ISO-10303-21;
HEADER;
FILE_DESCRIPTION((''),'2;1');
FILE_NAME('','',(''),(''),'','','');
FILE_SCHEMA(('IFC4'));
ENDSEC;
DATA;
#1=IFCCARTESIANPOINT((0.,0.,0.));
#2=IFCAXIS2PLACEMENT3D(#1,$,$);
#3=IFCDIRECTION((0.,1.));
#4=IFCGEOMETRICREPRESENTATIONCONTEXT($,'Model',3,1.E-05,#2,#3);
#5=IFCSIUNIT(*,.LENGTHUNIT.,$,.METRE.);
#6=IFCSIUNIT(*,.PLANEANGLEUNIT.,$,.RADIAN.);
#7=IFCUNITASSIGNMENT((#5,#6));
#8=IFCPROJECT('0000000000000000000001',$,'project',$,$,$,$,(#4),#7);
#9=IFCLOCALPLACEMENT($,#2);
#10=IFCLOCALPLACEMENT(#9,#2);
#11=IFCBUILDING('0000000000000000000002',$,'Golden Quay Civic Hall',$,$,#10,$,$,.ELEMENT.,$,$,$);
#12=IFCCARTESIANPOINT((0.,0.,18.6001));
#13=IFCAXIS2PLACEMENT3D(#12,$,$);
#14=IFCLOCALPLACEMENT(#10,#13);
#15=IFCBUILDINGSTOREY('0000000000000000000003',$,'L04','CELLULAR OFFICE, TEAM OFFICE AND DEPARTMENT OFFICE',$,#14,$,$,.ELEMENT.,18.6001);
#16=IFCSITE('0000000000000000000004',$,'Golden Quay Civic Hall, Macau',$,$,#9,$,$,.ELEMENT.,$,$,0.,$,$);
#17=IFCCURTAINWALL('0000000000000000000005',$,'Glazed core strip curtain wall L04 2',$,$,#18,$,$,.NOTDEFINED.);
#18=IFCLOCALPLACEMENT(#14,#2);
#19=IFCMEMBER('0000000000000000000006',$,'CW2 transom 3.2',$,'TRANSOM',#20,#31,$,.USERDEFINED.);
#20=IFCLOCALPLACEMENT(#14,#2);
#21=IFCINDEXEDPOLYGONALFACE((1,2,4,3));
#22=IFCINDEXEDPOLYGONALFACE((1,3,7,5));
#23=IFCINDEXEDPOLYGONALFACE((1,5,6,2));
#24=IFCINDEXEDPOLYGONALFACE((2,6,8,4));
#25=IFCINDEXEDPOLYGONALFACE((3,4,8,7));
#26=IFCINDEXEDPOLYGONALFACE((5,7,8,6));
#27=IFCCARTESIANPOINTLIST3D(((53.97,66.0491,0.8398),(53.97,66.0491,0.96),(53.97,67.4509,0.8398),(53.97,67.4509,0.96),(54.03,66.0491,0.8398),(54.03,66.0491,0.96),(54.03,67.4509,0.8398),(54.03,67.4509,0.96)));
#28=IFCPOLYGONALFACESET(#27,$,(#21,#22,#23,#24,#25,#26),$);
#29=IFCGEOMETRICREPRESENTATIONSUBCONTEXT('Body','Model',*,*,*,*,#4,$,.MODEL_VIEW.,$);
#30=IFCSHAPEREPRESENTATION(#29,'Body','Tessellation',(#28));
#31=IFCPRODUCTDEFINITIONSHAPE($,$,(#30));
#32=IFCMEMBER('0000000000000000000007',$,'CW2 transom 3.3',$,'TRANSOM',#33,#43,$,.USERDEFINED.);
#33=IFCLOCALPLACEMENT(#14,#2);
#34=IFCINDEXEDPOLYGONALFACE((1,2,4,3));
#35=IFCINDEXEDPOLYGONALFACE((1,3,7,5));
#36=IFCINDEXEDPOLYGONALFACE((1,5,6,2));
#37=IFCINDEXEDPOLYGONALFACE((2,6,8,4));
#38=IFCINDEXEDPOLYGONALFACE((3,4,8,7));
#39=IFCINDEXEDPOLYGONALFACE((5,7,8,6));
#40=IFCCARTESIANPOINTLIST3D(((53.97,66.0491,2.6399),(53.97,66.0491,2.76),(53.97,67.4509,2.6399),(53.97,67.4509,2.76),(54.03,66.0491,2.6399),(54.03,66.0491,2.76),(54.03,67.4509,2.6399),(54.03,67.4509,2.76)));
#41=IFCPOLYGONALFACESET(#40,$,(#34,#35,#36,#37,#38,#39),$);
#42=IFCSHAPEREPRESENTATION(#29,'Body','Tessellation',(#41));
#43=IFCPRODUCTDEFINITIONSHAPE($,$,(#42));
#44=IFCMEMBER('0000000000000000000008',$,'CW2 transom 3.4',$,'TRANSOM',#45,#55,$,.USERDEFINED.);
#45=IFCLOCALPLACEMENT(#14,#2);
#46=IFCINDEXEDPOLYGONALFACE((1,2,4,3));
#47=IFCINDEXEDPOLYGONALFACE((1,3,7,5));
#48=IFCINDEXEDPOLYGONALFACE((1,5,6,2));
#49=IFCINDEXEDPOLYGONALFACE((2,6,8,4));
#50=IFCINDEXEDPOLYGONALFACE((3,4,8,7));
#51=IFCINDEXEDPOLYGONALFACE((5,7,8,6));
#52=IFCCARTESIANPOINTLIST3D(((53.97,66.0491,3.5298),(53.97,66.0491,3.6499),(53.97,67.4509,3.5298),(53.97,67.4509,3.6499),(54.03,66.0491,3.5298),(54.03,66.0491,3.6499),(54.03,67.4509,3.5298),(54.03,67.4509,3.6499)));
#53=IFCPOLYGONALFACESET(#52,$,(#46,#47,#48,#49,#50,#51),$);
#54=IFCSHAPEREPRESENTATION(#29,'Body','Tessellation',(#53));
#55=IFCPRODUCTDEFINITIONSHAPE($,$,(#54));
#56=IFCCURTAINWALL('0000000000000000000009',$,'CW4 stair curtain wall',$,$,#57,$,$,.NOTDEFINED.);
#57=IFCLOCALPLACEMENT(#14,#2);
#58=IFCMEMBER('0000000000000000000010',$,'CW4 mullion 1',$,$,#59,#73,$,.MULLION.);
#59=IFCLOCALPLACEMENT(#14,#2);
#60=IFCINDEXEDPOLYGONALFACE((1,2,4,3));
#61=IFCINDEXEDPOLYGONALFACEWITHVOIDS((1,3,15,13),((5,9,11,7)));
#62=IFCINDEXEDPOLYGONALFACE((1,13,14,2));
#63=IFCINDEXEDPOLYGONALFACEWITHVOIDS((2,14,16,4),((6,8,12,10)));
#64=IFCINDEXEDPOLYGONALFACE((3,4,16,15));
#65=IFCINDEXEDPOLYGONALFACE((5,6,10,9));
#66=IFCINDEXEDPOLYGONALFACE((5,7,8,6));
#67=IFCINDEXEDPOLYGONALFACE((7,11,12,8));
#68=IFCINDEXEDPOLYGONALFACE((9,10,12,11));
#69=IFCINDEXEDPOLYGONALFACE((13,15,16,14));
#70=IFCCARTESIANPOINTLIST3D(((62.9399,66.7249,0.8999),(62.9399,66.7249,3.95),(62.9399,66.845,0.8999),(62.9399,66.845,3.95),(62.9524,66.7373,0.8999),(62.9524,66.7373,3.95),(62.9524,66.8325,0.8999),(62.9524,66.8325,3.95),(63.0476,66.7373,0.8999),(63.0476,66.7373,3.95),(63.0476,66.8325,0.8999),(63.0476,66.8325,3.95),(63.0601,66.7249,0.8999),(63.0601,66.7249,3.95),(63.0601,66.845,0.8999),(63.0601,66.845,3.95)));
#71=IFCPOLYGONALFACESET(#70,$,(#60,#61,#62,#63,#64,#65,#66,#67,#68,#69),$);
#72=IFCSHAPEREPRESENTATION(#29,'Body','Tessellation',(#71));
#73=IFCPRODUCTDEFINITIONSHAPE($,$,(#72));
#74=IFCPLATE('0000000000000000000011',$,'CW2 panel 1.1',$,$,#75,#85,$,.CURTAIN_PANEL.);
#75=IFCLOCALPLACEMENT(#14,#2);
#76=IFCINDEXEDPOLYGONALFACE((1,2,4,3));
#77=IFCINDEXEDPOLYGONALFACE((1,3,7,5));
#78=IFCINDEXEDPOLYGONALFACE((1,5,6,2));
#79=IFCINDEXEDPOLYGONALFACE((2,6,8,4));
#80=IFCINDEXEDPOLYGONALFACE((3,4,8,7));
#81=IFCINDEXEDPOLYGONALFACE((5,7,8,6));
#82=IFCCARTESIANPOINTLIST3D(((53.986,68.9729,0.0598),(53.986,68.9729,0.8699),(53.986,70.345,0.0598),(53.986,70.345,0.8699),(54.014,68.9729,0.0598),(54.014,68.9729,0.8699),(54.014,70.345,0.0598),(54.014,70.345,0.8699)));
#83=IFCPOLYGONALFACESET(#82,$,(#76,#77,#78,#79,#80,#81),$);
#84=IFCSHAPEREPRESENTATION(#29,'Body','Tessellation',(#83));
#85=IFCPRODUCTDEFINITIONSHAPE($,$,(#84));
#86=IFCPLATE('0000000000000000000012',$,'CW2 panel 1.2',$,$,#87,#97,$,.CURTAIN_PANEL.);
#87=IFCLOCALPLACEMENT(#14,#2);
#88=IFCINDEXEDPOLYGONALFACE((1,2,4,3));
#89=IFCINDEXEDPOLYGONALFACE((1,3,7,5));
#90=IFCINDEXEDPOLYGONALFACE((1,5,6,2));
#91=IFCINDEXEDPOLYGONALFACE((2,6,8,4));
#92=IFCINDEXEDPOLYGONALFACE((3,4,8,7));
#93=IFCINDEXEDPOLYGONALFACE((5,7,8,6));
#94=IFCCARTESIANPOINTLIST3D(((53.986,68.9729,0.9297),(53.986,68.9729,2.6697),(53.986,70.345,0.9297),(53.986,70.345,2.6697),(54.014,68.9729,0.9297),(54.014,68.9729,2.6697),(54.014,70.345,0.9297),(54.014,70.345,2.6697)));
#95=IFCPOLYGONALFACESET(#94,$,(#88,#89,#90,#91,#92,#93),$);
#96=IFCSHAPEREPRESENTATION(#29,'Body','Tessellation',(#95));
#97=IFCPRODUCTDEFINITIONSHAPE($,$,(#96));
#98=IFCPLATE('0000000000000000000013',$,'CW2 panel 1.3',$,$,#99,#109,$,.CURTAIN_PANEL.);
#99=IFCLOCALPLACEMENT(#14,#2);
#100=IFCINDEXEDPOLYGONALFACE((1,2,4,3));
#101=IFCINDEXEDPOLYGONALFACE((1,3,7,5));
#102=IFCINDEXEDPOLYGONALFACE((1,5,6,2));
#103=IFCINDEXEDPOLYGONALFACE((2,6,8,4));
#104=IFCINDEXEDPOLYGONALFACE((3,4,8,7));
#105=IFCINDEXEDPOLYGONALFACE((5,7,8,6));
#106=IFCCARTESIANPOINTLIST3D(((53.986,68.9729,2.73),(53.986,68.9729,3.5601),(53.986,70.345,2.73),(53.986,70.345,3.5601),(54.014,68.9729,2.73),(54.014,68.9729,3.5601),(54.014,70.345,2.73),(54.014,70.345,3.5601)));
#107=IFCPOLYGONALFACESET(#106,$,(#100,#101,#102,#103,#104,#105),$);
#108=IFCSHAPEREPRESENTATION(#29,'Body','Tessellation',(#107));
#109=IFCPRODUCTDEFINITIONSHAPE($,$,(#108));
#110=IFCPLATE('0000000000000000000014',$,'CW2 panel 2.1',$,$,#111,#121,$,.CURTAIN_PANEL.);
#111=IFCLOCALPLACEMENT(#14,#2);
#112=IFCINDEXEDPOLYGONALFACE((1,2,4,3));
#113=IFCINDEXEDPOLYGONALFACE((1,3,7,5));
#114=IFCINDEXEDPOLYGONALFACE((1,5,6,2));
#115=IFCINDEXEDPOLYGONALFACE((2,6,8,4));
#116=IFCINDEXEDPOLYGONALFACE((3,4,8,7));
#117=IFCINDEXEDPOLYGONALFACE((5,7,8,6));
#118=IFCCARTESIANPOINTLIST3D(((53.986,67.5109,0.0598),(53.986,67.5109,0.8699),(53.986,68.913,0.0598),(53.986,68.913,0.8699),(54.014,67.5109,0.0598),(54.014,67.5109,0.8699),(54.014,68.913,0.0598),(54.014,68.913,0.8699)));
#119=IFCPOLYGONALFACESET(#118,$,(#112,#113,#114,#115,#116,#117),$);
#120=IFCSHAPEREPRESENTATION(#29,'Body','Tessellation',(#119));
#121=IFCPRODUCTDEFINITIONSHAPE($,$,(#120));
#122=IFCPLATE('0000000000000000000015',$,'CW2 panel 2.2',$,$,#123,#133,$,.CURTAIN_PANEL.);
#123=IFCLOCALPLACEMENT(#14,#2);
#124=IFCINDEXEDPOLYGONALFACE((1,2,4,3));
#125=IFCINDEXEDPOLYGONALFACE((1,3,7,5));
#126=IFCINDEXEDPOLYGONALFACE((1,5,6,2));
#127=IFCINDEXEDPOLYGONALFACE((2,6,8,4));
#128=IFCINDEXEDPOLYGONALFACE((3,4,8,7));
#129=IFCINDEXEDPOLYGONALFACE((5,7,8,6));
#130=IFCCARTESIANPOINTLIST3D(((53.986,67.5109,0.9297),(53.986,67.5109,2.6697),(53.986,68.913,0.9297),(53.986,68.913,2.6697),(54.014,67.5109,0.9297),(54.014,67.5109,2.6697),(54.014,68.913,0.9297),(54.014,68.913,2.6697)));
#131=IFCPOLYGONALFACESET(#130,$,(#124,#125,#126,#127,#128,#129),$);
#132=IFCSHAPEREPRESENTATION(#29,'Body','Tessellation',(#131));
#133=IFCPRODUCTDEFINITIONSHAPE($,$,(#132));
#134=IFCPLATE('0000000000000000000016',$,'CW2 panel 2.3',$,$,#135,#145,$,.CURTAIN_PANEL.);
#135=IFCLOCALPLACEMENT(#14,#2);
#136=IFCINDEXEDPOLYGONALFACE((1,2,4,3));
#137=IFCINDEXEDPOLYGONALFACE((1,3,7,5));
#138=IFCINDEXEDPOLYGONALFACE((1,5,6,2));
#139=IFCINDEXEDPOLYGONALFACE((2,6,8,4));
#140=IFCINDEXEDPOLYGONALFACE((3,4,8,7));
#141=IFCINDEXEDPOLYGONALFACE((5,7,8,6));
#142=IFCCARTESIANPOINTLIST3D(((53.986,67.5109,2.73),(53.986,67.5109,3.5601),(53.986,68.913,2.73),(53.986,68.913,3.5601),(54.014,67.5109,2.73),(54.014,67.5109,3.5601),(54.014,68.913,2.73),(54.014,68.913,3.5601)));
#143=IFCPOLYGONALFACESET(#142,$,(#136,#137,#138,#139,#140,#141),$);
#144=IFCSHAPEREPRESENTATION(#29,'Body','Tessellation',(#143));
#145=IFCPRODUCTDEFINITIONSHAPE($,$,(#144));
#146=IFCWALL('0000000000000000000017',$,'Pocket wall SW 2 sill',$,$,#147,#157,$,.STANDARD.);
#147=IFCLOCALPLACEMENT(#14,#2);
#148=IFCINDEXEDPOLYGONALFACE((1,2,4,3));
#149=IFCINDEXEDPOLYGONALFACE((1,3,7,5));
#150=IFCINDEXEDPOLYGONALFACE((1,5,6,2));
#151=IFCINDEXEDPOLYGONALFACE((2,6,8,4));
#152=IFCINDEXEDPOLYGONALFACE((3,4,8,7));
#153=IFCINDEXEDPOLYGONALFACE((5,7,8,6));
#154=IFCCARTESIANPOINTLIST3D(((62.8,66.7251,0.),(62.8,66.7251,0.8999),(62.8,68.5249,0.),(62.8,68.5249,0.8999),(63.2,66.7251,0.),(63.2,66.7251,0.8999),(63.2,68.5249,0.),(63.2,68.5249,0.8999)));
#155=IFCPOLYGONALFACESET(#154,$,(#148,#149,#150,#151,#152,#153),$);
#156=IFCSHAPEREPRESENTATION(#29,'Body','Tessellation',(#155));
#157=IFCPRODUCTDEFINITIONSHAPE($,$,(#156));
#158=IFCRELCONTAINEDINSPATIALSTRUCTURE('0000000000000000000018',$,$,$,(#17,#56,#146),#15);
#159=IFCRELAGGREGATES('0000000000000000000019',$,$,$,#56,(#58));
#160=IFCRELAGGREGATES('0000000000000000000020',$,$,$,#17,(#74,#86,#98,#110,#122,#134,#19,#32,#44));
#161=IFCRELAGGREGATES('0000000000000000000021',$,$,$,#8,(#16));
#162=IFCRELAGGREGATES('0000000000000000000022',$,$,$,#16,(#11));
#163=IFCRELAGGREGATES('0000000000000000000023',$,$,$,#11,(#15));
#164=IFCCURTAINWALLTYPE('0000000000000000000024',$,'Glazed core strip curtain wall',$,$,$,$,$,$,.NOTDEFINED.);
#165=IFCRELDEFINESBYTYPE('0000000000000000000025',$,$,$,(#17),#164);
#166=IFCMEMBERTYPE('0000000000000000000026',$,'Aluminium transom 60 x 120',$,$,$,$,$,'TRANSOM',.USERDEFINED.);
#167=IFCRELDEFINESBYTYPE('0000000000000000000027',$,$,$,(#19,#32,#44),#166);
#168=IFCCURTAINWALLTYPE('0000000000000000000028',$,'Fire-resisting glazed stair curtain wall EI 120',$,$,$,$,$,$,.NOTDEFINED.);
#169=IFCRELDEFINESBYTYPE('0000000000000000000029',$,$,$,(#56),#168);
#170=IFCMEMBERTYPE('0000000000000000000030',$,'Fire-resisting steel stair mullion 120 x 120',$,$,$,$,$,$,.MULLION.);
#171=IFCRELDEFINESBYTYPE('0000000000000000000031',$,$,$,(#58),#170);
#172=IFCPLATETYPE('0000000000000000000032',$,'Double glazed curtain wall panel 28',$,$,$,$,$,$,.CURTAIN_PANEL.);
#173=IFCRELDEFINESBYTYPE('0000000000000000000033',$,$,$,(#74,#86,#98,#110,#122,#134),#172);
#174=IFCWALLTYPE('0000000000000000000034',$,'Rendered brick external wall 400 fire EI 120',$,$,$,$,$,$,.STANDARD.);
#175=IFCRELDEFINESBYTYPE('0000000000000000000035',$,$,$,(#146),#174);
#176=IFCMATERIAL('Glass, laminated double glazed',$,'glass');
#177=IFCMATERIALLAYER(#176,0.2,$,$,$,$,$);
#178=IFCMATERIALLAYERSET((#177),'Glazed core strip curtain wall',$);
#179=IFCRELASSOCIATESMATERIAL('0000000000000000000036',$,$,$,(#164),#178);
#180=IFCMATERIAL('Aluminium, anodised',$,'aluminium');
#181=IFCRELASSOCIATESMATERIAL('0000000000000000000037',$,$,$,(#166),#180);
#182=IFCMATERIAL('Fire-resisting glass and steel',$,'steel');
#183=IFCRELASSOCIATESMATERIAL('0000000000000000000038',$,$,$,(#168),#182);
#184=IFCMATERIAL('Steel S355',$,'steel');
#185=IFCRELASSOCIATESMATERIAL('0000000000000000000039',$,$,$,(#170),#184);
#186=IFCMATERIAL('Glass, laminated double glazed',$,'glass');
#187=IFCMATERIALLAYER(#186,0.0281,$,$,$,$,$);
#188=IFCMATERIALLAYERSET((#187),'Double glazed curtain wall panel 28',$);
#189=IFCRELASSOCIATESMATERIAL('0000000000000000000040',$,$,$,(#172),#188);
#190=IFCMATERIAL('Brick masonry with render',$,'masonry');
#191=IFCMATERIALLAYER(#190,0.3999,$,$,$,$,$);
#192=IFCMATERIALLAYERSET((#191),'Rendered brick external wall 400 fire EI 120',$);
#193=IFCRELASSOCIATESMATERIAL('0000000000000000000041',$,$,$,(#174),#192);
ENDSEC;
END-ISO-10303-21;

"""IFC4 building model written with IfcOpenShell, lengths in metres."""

from ifc_helpers import new_model, si_unit, direction, frame, frame_2d, origin, origin_2d, place, context, subcontext, project, spatial, rectangle, hollow_rectangle, extrude, material, layer, layer_set, material_profile, profile_set, type_object, element, aggregate, save


model = new_model("IFC4")

# Units and contexts
model_context = context("Model", 3, precision=1e-05, world=origin(), true_north=direction((0.0, 1.0)))
body_context = subcontext(model_context, "Body", "Model", "MODEL_VIEW")
ifc_project = project(units=[si_unit("LENGTHUNIT", "METRE"), si_unit("PLANEANGLEUNIT", "RADIAN")], contexts=[model_context])

# Site, building, storey
site_placement = place(None, origin())
site = spatial("IfcSite", under=ifc_project, at=site_placement, Name="Golden Quay Civic Hall, Macau", CompositionType="ELEMENT", RefElevation=0.0)
building_placement = place(site_placement, origin())
building = spatial("IfcBuilding", under=site, at=building_placement, Name="Golden Quay Civic Hall", CompositionType="ELEMENT")
storey_placement = place(building_placement, frame((0.0, 0.0, 18.6001)))
storey = spatial("IfcBuildingStorey", under=building, at=storey_placement, Name="L04", Description="CELLULAR OFFICE, TEAM OFFICE AND DEPARTMENT OFFICE", CompositionType="ELEMENT", Elevation=18.6001)

# Curtain wall, members
ifc_material_1 = material(Name="Glass, laminated double glazed", Category="glass")
ifc_layer_1 = layer(ifc_material_1, 0.2)
ifc_layer_set_1 = layer_set([ifc_layer_1], Name="Glazed core strip curtain wall")
curtain_wall_type_1 = type_object("IfcCurtainWallType", Name="Glazed core strip curtain wall", PredefinedType="NOTDEFINED", material=ifc_layer_set_1)
curtain_wall_1_placement = place(storey_placement, origin())
curtain_wall_1 = element("IfcCurtainWall", 1, at=curtain_wall_1_placement, inside=storey, type_object=curtain_wall_type_1, Name="Glazed core strip curtain wall L04 2", PredefinedType="NOTDEFINED")
ifc_material_2 = material(Name="Aluminium, anodised", Category="aluminium")
ifc_material_profile_1 = material_profile(ifc_material_2, rectangle(XDim=0.0601, YDim=0.1201, at=origin_2d()), Name="Aluminium 60 x 120")
ifc_profile_set_1 = profile_set([ifc_material_profile_1], Name="Aluminium, anodised")
member_type_1 = type_object("IfcMemberType", Name="Aluminium transom 60 x 120", ElementType="TRANSOM", PredefinedType="USERDEFINED", material=ifc_profile_set_1)
member_1_placement = place(storey_placement, frame((54.0, 67.4509, 0.8999), z_axis=(0.0, -1.0, 0.0), x_axis=(1.0, 0.0, 0.0)))
member_1 = element("IfcMember", 2, at=member_1_placement, type_object=member_type_1, Name="CW2 transom 3.2", ObjectType="TRANSOM", PredefinedType="USERDEFINED", context=body_context, shape_type="SweptSolid", body=[
    extrude(rectangle(XDim=0.0601, YDim=0.1201, at=origin_2d()), origin(), (0.0, 0.0, 1.0), 1.4019),
])
member_2_placement = place(storey_placement, frame((54.0, 67.4509, 2.7), z_axis=(0.0, -1.0, 0.0), x_axis=(1.0, 0.0, 0.0)))
member_2 = element("IfcMember", 3, at=member_2_placement, type_object=member_type_1, Name="CW2 transom 3.3", ObjectType="TRANSOM", PredefinedType="USERDEFINED", context=body_context, shape_type="SweptSolid", body=[
    extrude(rectangle(XDim=0.0601, YDim=0.1201, at=origin_2d()), origin(), (0.0, 0.0, 1.0), 1.4019),
])
member_3_placement = place(storey_placement, frame((54.0, 67.4509, 3.5898), z_axis=(0.0, -1.0, 0.0), x_axis=(1.0, 0.0, 0.0)))
member_3 = element("IfcMember", 4, at=member_3_placement, type_object=member_type_1, Name="CW2 transom 3.4", ObjectType="TRANSOM", PredefinedType="USERDEFINED", context=body_context, shape_type="SweptSolid", body=[
    extrude(rectangle(XDim=0.0601, YDim=0.1201, at=origin_2d()), origin(), (0.0, 0.0, 1.0), 1.4019),
])

# Curtain wall, member
ifc_material_3 = material(Name="Fire-resisting glass and steel", Category="steel")
curtain_wall_type_2 = type_object("IfcCurtainWallType", Name="Fire-resisting glazed stair curtain wall EI 120", PredefinedType="NOTDEFINED", material=ifc_material_3)
curtain_wall_2_placement = place(storey_placement, origin())
curtain_wall_2 = element("IfcCurtainWall", 5, at=curtain_wall_2_placement, inside=storey, type_object=curtain_wall_type_2, Name="CW4 stair curtain wall", PredefinedType="NOTDEFINED")
ifc_material_4 = material(Name="Steel S355", Category="steel")
ifc_material_profile_2 = material_profile(ifc_material_4, hollow_rectangle(XDim=0.1201, YDim=0.1201, WallThickness=0.0125, at=origin_2d()), Name="SHS 120x120x12.5")
ifc_profile_set_2 = profile_set([ifc_material_profile_2], Name="Steel S355")
member_type_2 = type_object("IfcMemberType", Name="Fire-resisting steel stair mullion 120 x 120", PredefinedType="MULLION", material=ifc_profile_set_2)
member_4_placement = place(storey_placement, frame((63.0, 66.7849, 0.8999), z_axis=(0.0, 0.0, 1.0), x_axis=(-1.0, 0.0, 0.0)))
member_4 = element("IfcMember", 6, at=member_4_placement, type_object=member_type_2, Name="CW4 mullion 1", PredefinedType="MULLION", context=body_context, shape_type="SweptSolid", body=[
    extrude(hollow_rectangle(XDim=0.1201, YDim=0.1201, WallThickness=0.0125, at=origin_2d()), origin(), (0.0, 0.0, 1.0), 3.05),
])
aggregate(curtain_wall_2, [member_4])

# Plates
ifc_material_5 = material(Name="Glass, laminated double glazed", Category="glass")
ifc_layer_2 = layer(ifc_material_5, 0.0281)
ifc_layer_set_2 = layer_set([ifc_layer_2], Name="Double glazed curtain wall panel 28")
plate_type = type_object("IfcPlateType", Name="Double glazed curtain wall panel 28", PredefinedType="CURTAIN_PANEL", material=ifc_layer_set_2)
plate_1_placement = place(storey_placement, frame((54.0, 69.6589, 0.0598), z_axis=(0.0, 0.0, 1.0), x_axis=(0.0, -1.0, 0.0)))
plate_1 = element("IfcPlate", 7, at=plate_1_placement, type_object=plate_type, Name="CW2 panel 1.1", PredefinedType="CURTAIN_PANEL", context=body_context, shape_type="SweptSolid", body=[
    extrude(rectangle(XDim=1.3721, YDim=0.0281, at=origin_2d()), origin(), (0.0, 0.0, 1.0), 0.8101),
])
plate_2_placement = place(storey_placement, frame((54.0, 69.6589, 0.9297), z_axis=(0.0, 0.0, 1.0), x_axis=(0.0, -1.0, 0.0)))
plate_2 = element("IfcPlate", 8, at=plate_2_placement, type_object=plate_type, Name="CW2 panel 1.2", PredefinedType="CURTAIN_PANEL", context=body_context, shape_type="SweptSolid", body=[
    extrude(rectangle(XDim=1.3721, YDim=0.0281, at=origin_2d()), origin(), (0.0, 0.0, 1.0), 1.74),
])
plate_3_placement = place(storey_placement, frame((54.0, 69.6589, 2.73), z_axis=(0.0, 0.0, 1.0), x_axis=(0.0, -1.0, 0.0)))
plate_3 = element("IfcPlate", 9, at=plate_3_placement, type_object=plate_type, Name="CW2 panel 1.3", PredefinedType="CURTAIN_PANEL", context=body_context, shape_type="SweptSolid", body=[
    extrude(rectangle(XDim=1.3721, YDim=0.0281, at=origin_2d()), origin(), (0.0, 0.0, 1.0), 0.8301),
])
plate_4_placement = place(storey_placement, frame((54.0, 68.2119, 0.0598), z_axis=(0.0, 0.0, 1.0), x_axis=(0.0, -1.0, 0.0)))
plate_4 = element("IfcPlate", 10, at=plate_4_placement, type_object=plate_type, Name="CW2 panel 2.1", PredefinedType="CURTAIN_PANEL", context=body_context, shape_type="SweptSolid", body=[
    extrude(rectangle(XDim=1.4021, YDim=0.0281, at=origin_2d()), origin(), (0.0, 0.0, 1.0), 0.8101),
])
plate_5_placement = place(storey_placement, frame((54.0, 68.2119, 0.9297), z_axis=(0.0, 0.0, 1.0), x_axis=(0.0, -1.0, 0.0)))
plate_5 = element("IfcPlate", 11, at=plate_5_placement, type_object=plate_type, Name="CW2 panel 2.2", PredefinedType="CURTAIN_PANEL", context=body_context, shape_type="SweptSolid", body=[
    extrude(rectangle(XDim=1.4021, YDim=0.0281, at=origin_2d()), origin(), (0.0, 0.0, 1.0), 1.74),
])
plate_6_placement = place(storey_placement, frame((54.0, 68.2119, 2.73), z_axis=(0.0, 0.0, 1.0), x_axis=(0.0, -1.0, 0.0)))
plate_6 = element("IfcPlate", 12, at=plate_6_placement, type_object=plate_type, Name="CW2 panel 2.3", PredefinedType="CURTAIN_PANEL", context=body_context, shape_type="SweptSolid", body=[
    extrude(rectangle(XDim=1.4021, YDim=0.0281, at=origin_2d()), origin(), (0.0, 0.0, 1.0), 0.8301),
])
aggregate(curtain_wall_1, [plate_1, plate_2, plate_3, plate_4, plate_5, plate_6, member_1, member_2, member_3])

# Wall
ifc_material_6 = material(Name="Brick masonry with render", Category="masonry")
ifc_layer_3 = layer(ifc_material_6, 0.3999)
ifc_layer_set_3 = layer_set([ifc_layer_3], Name="Rendered brick external wall 400 fire EI 120")
wall_type = type_object("IfcWallType", Name="Rendered brick external wall 400 fire EI 120", PredefinedType="STANDARD", material=ifc_layer_set_3)
wall_placement = place(storey_placement, frame((63.0, 66.7251, 0.0), z_axis=(0.0, 0.0, 1.0), x_axis=(0.0, 1.0, 0.0)))
element("IfcWall", 13, at=wall_placement, inside=storey, type_object=wall_type, Name="Pocket wall SW 2 sill", PredefinedType="STANDARD", context=body_context, shape_type="SweptSolid", body=[
    extrude(rectangle(XDim=1.7998, YDim=0.3999, at=frame_2d((0.8999, 0.0))), origin(), (0.0, 0.0, 1.0), 0.8999),
])

save(model, "model.ifc")
